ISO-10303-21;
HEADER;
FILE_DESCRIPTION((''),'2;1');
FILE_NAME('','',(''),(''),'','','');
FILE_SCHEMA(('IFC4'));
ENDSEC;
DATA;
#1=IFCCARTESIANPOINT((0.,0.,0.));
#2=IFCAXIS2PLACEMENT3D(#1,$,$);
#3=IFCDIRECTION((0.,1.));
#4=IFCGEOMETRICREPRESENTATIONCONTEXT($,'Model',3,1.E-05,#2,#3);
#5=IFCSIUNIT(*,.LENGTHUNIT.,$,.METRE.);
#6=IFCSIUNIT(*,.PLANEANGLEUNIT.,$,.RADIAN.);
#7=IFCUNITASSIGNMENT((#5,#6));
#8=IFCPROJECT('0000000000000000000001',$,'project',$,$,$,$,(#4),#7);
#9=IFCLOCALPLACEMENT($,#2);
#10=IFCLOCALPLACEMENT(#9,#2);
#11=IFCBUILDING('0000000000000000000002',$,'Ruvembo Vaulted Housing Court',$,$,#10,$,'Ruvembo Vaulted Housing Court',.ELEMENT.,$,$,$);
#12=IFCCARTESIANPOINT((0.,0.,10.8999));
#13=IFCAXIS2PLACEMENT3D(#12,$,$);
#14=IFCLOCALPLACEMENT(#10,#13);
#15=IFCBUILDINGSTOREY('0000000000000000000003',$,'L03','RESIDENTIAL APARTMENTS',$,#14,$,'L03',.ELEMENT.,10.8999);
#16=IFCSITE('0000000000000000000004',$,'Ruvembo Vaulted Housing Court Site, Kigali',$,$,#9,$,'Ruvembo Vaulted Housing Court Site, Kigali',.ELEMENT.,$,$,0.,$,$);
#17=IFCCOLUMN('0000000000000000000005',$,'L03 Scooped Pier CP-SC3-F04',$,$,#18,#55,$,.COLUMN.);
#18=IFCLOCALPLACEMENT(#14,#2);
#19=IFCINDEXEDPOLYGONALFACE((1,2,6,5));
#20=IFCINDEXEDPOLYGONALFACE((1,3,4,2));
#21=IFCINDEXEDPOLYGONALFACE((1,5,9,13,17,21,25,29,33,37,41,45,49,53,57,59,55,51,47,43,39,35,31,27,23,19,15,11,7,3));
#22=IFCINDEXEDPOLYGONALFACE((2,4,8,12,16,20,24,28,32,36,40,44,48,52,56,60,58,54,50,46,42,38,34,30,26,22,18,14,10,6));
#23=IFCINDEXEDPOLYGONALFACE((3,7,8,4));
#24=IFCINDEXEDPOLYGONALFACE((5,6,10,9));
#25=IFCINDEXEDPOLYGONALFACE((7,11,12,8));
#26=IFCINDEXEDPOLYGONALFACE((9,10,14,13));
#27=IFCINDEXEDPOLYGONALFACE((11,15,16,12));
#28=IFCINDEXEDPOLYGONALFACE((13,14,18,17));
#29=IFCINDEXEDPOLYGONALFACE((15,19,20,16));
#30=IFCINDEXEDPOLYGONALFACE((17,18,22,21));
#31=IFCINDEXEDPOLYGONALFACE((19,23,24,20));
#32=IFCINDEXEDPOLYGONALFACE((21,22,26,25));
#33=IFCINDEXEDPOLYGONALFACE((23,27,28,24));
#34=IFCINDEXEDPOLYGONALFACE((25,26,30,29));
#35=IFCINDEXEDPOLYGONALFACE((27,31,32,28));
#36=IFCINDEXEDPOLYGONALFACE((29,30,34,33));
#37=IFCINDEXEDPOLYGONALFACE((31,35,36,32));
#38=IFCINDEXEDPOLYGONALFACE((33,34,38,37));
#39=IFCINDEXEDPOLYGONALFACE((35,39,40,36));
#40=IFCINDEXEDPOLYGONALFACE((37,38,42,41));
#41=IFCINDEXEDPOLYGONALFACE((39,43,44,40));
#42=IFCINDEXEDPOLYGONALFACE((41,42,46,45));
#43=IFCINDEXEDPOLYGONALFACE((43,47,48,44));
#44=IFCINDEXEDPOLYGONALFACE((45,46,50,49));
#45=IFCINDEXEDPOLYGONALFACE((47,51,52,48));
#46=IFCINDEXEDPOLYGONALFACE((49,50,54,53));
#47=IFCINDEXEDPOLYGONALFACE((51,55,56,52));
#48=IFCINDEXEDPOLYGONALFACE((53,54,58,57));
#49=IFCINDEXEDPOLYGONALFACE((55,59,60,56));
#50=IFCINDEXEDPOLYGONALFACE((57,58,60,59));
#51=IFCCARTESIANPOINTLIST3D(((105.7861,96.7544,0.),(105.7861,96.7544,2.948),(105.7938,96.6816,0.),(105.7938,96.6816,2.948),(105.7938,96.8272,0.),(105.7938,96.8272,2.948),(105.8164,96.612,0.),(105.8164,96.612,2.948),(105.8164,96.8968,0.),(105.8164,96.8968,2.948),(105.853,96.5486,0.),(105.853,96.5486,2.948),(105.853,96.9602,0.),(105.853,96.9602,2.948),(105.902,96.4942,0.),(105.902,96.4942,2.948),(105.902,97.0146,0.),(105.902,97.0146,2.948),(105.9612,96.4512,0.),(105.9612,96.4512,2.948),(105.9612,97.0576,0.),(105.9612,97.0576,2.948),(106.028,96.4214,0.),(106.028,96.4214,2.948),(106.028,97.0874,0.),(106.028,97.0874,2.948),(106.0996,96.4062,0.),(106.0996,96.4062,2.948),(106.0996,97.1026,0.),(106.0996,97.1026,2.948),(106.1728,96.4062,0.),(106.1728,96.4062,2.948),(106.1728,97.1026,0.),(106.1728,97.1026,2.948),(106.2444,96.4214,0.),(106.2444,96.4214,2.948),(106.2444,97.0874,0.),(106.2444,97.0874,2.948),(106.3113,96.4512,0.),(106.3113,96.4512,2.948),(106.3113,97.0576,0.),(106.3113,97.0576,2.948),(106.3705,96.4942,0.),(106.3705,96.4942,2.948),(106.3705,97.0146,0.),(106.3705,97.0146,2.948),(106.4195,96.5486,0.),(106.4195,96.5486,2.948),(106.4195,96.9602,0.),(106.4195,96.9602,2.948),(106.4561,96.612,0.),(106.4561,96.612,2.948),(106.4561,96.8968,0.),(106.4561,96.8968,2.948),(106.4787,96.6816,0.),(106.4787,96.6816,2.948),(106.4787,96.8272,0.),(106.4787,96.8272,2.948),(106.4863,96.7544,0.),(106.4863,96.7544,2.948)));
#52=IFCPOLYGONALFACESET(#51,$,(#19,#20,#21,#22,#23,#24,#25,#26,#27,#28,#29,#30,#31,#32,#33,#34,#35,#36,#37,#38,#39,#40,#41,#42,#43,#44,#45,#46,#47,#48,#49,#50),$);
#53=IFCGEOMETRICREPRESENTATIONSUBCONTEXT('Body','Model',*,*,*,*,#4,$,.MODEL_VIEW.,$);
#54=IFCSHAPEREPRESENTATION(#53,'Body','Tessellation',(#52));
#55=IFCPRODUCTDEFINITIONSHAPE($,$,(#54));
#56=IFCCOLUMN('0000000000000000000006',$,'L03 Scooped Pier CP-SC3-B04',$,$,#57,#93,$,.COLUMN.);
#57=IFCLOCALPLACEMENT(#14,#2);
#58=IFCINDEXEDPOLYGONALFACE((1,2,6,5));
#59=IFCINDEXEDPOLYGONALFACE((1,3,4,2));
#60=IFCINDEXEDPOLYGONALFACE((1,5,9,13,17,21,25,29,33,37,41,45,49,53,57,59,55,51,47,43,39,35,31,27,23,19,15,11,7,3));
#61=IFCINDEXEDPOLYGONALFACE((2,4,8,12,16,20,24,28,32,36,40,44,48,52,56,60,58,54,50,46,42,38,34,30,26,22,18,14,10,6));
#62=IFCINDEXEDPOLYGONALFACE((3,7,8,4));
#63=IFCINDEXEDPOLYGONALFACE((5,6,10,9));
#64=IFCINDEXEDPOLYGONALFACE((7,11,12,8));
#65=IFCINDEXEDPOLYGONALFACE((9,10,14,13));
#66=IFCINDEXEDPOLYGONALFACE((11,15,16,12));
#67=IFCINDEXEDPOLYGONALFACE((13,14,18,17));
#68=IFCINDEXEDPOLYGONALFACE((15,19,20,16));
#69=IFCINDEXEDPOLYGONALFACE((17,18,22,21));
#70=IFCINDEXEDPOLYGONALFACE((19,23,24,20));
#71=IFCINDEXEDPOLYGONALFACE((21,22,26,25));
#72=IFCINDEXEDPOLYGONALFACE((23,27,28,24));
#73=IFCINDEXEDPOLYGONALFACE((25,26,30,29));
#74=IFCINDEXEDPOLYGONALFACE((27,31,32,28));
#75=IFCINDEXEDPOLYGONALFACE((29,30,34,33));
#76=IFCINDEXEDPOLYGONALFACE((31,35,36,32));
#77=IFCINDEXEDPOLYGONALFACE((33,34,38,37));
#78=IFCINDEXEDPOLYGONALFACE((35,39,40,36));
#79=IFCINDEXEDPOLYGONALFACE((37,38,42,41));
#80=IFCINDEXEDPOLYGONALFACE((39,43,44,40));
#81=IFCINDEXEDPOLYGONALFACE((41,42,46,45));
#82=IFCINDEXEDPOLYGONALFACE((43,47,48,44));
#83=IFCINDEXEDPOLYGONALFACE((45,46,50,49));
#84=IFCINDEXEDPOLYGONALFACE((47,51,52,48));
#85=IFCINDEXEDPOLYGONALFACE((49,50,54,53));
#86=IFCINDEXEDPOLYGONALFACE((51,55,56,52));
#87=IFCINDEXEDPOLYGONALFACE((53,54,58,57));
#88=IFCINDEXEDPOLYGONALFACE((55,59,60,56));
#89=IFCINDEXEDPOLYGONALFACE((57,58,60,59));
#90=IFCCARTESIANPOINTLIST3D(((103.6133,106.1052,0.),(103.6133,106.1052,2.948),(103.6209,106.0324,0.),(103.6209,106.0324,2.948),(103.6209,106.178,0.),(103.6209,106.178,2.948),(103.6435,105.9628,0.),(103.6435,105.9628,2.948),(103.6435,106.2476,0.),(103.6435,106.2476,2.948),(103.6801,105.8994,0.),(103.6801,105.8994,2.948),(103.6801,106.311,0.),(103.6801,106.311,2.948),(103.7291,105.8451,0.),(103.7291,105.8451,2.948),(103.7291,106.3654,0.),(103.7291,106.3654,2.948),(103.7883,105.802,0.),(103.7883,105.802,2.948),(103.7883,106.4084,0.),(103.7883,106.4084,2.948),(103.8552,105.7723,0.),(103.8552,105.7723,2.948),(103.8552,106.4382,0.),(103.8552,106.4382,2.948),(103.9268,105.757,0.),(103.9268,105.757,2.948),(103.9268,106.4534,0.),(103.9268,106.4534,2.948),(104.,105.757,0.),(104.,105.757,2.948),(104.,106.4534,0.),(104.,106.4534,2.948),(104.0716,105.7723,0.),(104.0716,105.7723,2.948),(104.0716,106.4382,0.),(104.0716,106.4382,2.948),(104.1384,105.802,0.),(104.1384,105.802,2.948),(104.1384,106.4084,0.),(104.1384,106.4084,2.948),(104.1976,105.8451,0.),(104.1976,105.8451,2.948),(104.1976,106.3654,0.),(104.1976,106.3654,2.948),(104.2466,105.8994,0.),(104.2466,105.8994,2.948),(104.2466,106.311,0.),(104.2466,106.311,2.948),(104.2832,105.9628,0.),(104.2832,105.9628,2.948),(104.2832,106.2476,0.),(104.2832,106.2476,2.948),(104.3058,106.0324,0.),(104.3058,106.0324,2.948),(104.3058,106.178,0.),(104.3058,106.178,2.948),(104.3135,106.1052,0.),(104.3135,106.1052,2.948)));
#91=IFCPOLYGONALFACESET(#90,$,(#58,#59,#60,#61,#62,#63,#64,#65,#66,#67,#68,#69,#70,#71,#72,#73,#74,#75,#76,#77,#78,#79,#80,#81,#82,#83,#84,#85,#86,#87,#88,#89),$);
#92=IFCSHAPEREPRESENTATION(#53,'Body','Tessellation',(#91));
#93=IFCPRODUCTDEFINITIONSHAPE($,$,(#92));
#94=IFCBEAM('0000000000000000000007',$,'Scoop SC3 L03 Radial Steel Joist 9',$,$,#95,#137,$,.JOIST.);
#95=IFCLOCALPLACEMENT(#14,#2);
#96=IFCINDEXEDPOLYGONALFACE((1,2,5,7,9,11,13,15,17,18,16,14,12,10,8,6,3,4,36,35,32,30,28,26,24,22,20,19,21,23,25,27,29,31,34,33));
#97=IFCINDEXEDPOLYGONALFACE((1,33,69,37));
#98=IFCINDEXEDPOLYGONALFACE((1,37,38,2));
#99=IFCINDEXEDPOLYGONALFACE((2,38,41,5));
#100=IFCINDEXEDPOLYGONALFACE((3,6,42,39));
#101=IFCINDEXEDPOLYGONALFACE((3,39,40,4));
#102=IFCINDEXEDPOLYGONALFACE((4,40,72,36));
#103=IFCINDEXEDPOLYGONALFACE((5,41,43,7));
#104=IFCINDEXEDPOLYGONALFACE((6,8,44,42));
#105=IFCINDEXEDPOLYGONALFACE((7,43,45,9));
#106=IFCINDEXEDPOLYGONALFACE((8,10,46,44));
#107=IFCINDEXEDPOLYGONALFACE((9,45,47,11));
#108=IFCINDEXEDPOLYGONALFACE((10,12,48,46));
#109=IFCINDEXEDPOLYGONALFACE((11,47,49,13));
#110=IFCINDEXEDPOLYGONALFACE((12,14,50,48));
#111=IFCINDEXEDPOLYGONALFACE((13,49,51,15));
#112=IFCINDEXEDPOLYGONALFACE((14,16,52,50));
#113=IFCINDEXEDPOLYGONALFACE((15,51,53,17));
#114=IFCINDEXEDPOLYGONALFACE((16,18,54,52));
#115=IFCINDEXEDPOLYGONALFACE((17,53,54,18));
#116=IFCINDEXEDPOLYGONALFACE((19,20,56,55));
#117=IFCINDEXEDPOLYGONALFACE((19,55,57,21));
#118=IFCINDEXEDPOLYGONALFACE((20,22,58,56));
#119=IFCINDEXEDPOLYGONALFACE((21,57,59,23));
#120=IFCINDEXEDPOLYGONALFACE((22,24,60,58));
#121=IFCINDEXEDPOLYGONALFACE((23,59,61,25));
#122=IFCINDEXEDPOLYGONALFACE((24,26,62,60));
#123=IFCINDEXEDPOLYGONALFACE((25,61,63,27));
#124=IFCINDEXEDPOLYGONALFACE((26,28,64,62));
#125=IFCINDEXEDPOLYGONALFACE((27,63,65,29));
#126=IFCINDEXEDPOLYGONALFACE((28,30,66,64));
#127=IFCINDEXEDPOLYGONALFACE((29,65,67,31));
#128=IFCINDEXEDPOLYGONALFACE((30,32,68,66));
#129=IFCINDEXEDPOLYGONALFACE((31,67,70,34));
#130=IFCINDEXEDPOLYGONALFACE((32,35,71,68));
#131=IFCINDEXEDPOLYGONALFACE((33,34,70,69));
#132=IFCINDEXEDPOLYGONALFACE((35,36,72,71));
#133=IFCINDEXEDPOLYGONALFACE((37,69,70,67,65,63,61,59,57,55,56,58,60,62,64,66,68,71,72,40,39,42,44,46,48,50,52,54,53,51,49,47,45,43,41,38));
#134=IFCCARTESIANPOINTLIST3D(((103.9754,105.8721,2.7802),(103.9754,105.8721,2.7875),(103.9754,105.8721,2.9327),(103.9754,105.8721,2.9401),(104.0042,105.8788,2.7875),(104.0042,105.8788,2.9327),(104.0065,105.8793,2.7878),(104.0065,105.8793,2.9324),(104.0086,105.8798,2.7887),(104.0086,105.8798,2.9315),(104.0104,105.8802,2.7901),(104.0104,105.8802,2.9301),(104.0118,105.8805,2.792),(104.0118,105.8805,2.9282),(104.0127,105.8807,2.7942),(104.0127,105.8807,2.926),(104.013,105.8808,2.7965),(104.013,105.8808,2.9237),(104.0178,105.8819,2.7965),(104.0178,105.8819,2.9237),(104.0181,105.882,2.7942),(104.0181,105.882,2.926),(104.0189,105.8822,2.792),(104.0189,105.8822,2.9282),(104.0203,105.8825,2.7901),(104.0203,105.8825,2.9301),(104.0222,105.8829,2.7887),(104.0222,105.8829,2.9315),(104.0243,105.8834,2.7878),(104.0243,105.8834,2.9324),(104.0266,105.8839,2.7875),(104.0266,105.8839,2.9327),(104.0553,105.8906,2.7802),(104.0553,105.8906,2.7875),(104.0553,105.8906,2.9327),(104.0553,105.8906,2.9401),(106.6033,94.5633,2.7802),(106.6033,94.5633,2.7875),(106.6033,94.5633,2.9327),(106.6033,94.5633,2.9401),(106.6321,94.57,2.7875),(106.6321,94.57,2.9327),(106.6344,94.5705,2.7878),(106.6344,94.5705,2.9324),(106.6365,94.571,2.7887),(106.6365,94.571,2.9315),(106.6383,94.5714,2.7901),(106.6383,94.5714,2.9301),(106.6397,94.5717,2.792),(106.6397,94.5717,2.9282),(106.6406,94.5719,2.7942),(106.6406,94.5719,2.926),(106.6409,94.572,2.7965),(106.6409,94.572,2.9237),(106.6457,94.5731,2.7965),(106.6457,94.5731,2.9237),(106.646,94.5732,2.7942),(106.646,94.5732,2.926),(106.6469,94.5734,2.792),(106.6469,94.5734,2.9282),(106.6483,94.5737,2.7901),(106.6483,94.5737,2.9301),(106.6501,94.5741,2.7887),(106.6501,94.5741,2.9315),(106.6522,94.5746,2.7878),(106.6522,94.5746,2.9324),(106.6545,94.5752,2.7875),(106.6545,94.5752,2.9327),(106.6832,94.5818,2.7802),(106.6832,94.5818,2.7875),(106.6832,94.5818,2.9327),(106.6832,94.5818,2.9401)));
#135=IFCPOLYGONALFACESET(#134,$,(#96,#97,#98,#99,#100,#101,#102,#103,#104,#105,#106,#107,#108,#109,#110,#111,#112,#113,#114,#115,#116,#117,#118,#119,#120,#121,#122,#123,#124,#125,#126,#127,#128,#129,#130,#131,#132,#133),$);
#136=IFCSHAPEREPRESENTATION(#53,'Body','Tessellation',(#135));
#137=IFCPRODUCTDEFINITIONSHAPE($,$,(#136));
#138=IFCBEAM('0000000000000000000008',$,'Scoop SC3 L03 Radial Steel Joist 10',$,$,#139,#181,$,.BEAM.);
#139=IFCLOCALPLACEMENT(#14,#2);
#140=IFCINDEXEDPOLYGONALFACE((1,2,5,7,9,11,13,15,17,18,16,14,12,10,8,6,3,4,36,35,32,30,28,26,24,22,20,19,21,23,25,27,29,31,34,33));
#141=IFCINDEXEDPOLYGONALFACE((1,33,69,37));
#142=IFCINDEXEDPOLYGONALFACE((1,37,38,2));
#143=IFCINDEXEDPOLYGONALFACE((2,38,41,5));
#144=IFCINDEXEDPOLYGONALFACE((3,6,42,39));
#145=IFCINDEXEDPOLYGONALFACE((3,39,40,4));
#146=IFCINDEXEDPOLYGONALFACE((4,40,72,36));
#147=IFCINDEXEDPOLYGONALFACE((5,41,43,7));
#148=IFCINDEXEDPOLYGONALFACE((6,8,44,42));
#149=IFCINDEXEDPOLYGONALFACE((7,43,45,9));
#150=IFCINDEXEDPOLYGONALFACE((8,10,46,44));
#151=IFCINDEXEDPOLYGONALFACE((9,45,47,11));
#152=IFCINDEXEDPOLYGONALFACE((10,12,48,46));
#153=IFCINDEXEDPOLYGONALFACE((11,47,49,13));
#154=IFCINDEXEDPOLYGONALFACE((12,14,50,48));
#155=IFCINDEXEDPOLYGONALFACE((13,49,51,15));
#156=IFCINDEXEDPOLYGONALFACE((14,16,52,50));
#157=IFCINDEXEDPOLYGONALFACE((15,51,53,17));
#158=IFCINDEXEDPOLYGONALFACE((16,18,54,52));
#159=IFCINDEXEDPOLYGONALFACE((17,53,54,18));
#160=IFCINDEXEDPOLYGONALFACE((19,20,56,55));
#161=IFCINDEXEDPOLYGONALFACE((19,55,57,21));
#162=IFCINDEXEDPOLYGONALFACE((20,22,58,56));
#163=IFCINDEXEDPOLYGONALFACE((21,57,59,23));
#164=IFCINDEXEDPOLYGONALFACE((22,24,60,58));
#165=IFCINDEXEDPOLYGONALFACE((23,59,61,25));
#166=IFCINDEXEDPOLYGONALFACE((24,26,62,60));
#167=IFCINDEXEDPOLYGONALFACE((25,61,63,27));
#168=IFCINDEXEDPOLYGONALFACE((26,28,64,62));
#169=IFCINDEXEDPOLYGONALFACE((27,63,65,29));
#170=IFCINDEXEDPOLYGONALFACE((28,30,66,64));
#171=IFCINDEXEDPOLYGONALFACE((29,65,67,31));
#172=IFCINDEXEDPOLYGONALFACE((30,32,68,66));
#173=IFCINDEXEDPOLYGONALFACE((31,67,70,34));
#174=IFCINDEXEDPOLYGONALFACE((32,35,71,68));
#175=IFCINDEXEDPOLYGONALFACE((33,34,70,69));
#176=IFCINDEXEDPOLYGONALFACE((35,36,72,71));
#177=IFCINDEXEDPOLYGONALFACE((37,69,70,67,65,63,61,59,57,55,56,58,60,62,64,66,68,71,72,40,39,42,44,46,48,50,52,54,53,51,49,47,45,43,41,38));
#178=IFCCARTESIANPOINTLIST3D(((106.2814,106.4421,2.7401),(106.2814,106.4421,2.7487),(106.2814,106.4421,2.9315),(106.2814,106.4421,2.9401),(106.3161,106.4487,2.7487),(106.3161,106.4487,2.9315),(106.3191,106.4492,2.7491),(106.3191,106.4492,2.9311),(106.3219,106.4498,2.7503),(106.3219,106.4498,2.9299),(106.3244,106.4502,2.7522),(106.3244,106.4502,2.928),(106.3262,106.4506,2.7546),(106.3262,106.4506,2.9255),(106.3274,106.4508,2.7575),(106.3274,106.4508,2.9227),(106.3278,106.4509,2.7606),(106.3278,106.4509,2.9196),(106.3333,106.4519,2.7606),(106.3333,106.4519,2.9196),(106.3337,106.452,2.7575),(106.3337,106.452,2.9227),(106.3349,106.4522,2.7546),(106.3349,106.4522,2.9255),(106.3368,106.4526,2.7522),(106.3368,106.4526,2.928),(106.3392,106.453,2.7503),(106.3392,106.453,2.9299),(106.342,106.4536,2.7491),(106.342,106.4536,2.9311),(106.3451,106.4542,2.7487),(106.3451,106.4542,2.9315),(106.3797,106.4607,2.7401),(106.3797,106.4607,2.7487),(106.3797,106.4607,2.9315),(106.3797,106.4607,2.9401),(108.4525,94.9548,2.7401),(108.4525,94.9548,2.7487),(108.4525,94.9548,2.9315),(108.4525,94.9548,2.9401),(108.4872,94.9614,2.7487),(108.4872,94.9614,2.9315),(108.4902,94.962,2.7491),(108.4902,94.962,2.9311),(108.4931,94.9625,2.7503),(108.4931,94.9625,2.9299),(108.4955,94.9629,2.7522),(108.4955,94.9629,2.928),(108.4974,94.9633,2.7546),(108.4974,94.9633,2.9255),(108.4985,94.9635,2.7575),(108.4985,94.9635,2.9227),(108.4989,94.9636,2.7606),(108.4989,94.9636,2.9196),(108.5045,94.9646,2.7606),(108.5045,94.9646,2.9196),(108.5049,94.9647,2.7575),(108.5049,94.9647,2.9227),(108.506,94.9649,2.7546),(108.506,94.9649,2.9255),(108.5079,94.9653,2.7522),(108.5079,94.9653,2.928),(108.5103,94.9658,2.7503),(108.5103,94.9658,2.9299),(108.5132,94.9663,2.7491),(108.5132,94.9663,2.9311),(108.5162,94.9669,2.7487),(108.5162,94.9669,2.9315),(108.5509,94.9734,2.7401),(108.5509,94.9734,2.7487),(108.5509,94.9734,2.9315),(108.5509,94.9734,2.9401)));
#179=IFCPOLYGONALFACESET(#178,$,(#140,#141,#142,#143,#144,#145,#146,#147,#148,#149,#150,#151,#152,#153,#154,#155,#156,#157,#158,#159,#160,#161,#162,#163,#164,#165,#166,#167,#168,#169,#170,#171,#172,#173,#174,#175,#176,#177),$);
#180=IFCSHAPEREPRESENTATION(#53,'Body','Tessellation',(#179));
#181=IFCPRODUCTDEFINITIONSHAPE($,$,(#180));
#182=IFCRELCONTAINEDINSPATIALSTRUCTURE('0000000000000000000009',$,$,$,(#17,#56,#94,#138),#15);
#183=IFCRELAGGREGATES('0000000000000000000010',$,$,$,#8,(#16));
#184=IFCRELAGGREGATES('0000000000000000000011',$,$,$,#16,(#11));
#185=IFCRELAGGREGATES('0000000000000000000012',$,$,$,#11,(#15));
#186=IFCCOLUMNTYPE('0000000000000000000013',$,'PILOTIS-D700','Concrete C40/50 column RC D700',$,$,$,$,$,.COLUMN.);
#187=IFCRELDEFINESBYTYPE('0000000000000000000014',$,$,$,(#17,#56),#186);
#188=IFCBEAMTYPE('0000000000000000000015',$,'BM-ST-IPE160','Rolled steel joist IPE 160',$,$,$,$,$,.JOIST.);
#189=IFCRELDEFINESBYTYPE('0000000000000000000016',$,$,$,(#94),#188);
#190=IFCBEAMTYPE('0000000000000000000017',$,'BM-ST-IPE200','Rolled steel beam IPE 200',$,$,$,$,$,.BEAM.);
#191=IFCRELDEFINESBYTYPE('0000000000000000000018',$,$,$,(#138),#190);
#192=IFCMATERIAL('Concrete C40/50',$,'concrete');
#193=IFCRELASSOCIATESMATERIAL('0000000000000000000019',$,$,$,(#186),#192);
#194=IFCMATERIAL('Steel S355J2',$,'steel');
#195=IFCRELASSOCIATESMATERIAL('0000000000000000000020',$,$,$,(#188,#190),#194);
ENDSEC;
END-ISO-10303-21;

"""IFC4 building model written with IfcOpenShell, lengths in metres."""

from ifc_helpers import new_model, si_unit, direction, frame, origin, origin_2d, place, context, subcontext, project, spatial, circle, i_section, extrude, material, material_profile, profile_set, type_object, element, save


model = new_model("IFC4")

# Units and contexts
model_context = context("Model", 3, precision=1e-05, world=origin(), true_north=direction((0.0, 1.0)))
body_context = subcontext(model_context, "Body", "Model", "MODEL_VIEW")
ifc_project = project(units=[si_unit("LENGTHUNIT", "METRE"), si_unit("PLANEANGLEUNIT", "RADIAN")], contexts=[model_context])

# Site, building, storey
site_placement = place(None, origin())
site = spatial("IfcSite", under=ifc_project, at=site_placement, Name="Ruvembo Vaulted Housing Court Site, Kigali", LongName="Ruvembo Vaulted Housing Court Site, Kigali", CompositionType="ELEMENT", RefElevation=0.0)
building_placement = place(site_placement, origin())
building = spatial("IfcBuilding", under=site, at=building_placement, Name="Ruvembo Vaulted Housing Court", LongName="Ruvembo Vaulted Housing Court", CompositionType="ELEMENT")
storey_placement = place(building_placement, frame((0.0, 0.0, 10.8999)))
storey = spatial("IfcBuildingStorey", under=building, at=storey_placement, Name="L03", Description="RESIDENTIAL APARTMENTS", LongName="L03", CompositionType="ELEMENT", Elevation=10.8999)

# Columns
ifc_material_1 = material(Name="Concrete C40/50", Category="concrete")
ifc_material_profile_1 = material_profile(ifc_material_1, circle(Radius=0.3501, at=origin_2d()), Name="RC D700")
ifc_profile_set_1 = profile_set([ifc_material_profile_1], Name="Concrete C40/50")
column_type = type_object("IfcColumnType", Name="PILOTIS-D700", Description="Concrete C40/50 column RC D700", PredefinedType="COLUMN", material=ifc_profile_set_1)
for number, where, z_axis, x_axis, name in (
    (1, (106.1362, 96.7544, 0.0), (0.0, 0.0, 1.0), (1.0, 0.0, 0.0), "L03 Scooped Pier CP-SC3-F04"),
    (2, (103.9634, 106.1052, 0.0), (0.0, 0.0, 1.0), (1.0, 0.0, 0.0), "L03 Scooped Pier CP-SC3-B04"),
):
    element("IfcColumn", number, at=place(storey_placement, frame(where, z_axis=z_axis, x_axis=x_axis)), inside=storey, type_object=column_type, Name=name, PredefinedType="COLUMN", context=body_context, shape_type="SweptSolid", body=[
        extrude(circle(Radius=0.3501, at=origin_2d()), origin(), (0.0, 0.0, 1.0), 2.948),
    ])

# Beams
ifc_material_2 = material(Name="Steel S355J2", Category="steel")
ifc_material_profile_2 = material_profile(ifc_material_2, i_section(OverallWidth=0.082, OverallDepth=0.1599, WebThickness=0.0049, FlangeThickness=0.0073, FilletRadius=0.009, at=origin_2d()), Name="IPE 160")
ifc_profile_set_2 = profile_set([ifc_material_profile_2], Name="Steel S355J2")
beam_type_1 = type_object("IfcBeamType", Name="BM-ST-IPE160", Description="Rolled steel joist IPE 160", PredefinedType="JOIST", material=ifc_profile_set_2)
beam_1_placement = place(storey_placement, frame((104.0154, 105.8813, 2.8601), z_axis=(0.226347, -0.974047, 0.0), x_axis=(0.974047, 0.226347, 0.0)))
element("IfcBeam", 3, at=beam_1_placement, inside=storey, type_object=beam_type_1, Name="Scoop SC3 L03 Radial Steel Joist 9", PredefinedType="JOIST", context=body_context, shape_type="SweptSolid", body=[
    extrude(i_section(OverallWidth=0.082, OverallDepth=0.1599, WebThickness=0.0049, FlangeThickness=0.0073, FilletRadius=0.009, at=origin_2d()), origin(), (0.0, 0.0, 1.0), 11.6101),
])
ifc_material_profile_3 = material_profile(ifc_material_2, i_section(OverallWidth=0.1001, OverallDepth=0.2, WebThickness=0.0056, FlangeThickness=0.0085, FilletRadius=0.012, at=origin_2d()), Name="IPE 200")
ifc_profile_set_3 = profile_set([ifc_material_profile_3], Name="Steel S355J2")
beam_type_2 = type_object("IfcBeamType", Name="BM-ST-IPE200", Description="Rolled steel beam IPE 200", PredefinedType="BEAM", material=ifc_profile_set_3)
beam_2_placement = place(storey_placement, frame((106.3306, 106.4514, 2.8401), z_axis=(0.185716, -0.982604, 0.0), x_axis=(0.982604, 0.185716, 0.0)))
element("IfcBeam", 4, at=beam_2_placement, inside=storey, type_object=beam_type_2, Name="Scoop SC3 L03 Radial Steel Joist 10", PredefinedType="BEAM", context=body_context, shape_type="SweptSolid", body=[
    extrude(i_section(OverallWidth=0.1001, OverallDepth=0.2, WebThickness=0.0056, FlangeThickness=0.0085, FilletRadius=0.012, at=origin_2d()), origin(), (0.0, 0.0, 1.0), 11.6907),
])

save(model, "model.ifc")
